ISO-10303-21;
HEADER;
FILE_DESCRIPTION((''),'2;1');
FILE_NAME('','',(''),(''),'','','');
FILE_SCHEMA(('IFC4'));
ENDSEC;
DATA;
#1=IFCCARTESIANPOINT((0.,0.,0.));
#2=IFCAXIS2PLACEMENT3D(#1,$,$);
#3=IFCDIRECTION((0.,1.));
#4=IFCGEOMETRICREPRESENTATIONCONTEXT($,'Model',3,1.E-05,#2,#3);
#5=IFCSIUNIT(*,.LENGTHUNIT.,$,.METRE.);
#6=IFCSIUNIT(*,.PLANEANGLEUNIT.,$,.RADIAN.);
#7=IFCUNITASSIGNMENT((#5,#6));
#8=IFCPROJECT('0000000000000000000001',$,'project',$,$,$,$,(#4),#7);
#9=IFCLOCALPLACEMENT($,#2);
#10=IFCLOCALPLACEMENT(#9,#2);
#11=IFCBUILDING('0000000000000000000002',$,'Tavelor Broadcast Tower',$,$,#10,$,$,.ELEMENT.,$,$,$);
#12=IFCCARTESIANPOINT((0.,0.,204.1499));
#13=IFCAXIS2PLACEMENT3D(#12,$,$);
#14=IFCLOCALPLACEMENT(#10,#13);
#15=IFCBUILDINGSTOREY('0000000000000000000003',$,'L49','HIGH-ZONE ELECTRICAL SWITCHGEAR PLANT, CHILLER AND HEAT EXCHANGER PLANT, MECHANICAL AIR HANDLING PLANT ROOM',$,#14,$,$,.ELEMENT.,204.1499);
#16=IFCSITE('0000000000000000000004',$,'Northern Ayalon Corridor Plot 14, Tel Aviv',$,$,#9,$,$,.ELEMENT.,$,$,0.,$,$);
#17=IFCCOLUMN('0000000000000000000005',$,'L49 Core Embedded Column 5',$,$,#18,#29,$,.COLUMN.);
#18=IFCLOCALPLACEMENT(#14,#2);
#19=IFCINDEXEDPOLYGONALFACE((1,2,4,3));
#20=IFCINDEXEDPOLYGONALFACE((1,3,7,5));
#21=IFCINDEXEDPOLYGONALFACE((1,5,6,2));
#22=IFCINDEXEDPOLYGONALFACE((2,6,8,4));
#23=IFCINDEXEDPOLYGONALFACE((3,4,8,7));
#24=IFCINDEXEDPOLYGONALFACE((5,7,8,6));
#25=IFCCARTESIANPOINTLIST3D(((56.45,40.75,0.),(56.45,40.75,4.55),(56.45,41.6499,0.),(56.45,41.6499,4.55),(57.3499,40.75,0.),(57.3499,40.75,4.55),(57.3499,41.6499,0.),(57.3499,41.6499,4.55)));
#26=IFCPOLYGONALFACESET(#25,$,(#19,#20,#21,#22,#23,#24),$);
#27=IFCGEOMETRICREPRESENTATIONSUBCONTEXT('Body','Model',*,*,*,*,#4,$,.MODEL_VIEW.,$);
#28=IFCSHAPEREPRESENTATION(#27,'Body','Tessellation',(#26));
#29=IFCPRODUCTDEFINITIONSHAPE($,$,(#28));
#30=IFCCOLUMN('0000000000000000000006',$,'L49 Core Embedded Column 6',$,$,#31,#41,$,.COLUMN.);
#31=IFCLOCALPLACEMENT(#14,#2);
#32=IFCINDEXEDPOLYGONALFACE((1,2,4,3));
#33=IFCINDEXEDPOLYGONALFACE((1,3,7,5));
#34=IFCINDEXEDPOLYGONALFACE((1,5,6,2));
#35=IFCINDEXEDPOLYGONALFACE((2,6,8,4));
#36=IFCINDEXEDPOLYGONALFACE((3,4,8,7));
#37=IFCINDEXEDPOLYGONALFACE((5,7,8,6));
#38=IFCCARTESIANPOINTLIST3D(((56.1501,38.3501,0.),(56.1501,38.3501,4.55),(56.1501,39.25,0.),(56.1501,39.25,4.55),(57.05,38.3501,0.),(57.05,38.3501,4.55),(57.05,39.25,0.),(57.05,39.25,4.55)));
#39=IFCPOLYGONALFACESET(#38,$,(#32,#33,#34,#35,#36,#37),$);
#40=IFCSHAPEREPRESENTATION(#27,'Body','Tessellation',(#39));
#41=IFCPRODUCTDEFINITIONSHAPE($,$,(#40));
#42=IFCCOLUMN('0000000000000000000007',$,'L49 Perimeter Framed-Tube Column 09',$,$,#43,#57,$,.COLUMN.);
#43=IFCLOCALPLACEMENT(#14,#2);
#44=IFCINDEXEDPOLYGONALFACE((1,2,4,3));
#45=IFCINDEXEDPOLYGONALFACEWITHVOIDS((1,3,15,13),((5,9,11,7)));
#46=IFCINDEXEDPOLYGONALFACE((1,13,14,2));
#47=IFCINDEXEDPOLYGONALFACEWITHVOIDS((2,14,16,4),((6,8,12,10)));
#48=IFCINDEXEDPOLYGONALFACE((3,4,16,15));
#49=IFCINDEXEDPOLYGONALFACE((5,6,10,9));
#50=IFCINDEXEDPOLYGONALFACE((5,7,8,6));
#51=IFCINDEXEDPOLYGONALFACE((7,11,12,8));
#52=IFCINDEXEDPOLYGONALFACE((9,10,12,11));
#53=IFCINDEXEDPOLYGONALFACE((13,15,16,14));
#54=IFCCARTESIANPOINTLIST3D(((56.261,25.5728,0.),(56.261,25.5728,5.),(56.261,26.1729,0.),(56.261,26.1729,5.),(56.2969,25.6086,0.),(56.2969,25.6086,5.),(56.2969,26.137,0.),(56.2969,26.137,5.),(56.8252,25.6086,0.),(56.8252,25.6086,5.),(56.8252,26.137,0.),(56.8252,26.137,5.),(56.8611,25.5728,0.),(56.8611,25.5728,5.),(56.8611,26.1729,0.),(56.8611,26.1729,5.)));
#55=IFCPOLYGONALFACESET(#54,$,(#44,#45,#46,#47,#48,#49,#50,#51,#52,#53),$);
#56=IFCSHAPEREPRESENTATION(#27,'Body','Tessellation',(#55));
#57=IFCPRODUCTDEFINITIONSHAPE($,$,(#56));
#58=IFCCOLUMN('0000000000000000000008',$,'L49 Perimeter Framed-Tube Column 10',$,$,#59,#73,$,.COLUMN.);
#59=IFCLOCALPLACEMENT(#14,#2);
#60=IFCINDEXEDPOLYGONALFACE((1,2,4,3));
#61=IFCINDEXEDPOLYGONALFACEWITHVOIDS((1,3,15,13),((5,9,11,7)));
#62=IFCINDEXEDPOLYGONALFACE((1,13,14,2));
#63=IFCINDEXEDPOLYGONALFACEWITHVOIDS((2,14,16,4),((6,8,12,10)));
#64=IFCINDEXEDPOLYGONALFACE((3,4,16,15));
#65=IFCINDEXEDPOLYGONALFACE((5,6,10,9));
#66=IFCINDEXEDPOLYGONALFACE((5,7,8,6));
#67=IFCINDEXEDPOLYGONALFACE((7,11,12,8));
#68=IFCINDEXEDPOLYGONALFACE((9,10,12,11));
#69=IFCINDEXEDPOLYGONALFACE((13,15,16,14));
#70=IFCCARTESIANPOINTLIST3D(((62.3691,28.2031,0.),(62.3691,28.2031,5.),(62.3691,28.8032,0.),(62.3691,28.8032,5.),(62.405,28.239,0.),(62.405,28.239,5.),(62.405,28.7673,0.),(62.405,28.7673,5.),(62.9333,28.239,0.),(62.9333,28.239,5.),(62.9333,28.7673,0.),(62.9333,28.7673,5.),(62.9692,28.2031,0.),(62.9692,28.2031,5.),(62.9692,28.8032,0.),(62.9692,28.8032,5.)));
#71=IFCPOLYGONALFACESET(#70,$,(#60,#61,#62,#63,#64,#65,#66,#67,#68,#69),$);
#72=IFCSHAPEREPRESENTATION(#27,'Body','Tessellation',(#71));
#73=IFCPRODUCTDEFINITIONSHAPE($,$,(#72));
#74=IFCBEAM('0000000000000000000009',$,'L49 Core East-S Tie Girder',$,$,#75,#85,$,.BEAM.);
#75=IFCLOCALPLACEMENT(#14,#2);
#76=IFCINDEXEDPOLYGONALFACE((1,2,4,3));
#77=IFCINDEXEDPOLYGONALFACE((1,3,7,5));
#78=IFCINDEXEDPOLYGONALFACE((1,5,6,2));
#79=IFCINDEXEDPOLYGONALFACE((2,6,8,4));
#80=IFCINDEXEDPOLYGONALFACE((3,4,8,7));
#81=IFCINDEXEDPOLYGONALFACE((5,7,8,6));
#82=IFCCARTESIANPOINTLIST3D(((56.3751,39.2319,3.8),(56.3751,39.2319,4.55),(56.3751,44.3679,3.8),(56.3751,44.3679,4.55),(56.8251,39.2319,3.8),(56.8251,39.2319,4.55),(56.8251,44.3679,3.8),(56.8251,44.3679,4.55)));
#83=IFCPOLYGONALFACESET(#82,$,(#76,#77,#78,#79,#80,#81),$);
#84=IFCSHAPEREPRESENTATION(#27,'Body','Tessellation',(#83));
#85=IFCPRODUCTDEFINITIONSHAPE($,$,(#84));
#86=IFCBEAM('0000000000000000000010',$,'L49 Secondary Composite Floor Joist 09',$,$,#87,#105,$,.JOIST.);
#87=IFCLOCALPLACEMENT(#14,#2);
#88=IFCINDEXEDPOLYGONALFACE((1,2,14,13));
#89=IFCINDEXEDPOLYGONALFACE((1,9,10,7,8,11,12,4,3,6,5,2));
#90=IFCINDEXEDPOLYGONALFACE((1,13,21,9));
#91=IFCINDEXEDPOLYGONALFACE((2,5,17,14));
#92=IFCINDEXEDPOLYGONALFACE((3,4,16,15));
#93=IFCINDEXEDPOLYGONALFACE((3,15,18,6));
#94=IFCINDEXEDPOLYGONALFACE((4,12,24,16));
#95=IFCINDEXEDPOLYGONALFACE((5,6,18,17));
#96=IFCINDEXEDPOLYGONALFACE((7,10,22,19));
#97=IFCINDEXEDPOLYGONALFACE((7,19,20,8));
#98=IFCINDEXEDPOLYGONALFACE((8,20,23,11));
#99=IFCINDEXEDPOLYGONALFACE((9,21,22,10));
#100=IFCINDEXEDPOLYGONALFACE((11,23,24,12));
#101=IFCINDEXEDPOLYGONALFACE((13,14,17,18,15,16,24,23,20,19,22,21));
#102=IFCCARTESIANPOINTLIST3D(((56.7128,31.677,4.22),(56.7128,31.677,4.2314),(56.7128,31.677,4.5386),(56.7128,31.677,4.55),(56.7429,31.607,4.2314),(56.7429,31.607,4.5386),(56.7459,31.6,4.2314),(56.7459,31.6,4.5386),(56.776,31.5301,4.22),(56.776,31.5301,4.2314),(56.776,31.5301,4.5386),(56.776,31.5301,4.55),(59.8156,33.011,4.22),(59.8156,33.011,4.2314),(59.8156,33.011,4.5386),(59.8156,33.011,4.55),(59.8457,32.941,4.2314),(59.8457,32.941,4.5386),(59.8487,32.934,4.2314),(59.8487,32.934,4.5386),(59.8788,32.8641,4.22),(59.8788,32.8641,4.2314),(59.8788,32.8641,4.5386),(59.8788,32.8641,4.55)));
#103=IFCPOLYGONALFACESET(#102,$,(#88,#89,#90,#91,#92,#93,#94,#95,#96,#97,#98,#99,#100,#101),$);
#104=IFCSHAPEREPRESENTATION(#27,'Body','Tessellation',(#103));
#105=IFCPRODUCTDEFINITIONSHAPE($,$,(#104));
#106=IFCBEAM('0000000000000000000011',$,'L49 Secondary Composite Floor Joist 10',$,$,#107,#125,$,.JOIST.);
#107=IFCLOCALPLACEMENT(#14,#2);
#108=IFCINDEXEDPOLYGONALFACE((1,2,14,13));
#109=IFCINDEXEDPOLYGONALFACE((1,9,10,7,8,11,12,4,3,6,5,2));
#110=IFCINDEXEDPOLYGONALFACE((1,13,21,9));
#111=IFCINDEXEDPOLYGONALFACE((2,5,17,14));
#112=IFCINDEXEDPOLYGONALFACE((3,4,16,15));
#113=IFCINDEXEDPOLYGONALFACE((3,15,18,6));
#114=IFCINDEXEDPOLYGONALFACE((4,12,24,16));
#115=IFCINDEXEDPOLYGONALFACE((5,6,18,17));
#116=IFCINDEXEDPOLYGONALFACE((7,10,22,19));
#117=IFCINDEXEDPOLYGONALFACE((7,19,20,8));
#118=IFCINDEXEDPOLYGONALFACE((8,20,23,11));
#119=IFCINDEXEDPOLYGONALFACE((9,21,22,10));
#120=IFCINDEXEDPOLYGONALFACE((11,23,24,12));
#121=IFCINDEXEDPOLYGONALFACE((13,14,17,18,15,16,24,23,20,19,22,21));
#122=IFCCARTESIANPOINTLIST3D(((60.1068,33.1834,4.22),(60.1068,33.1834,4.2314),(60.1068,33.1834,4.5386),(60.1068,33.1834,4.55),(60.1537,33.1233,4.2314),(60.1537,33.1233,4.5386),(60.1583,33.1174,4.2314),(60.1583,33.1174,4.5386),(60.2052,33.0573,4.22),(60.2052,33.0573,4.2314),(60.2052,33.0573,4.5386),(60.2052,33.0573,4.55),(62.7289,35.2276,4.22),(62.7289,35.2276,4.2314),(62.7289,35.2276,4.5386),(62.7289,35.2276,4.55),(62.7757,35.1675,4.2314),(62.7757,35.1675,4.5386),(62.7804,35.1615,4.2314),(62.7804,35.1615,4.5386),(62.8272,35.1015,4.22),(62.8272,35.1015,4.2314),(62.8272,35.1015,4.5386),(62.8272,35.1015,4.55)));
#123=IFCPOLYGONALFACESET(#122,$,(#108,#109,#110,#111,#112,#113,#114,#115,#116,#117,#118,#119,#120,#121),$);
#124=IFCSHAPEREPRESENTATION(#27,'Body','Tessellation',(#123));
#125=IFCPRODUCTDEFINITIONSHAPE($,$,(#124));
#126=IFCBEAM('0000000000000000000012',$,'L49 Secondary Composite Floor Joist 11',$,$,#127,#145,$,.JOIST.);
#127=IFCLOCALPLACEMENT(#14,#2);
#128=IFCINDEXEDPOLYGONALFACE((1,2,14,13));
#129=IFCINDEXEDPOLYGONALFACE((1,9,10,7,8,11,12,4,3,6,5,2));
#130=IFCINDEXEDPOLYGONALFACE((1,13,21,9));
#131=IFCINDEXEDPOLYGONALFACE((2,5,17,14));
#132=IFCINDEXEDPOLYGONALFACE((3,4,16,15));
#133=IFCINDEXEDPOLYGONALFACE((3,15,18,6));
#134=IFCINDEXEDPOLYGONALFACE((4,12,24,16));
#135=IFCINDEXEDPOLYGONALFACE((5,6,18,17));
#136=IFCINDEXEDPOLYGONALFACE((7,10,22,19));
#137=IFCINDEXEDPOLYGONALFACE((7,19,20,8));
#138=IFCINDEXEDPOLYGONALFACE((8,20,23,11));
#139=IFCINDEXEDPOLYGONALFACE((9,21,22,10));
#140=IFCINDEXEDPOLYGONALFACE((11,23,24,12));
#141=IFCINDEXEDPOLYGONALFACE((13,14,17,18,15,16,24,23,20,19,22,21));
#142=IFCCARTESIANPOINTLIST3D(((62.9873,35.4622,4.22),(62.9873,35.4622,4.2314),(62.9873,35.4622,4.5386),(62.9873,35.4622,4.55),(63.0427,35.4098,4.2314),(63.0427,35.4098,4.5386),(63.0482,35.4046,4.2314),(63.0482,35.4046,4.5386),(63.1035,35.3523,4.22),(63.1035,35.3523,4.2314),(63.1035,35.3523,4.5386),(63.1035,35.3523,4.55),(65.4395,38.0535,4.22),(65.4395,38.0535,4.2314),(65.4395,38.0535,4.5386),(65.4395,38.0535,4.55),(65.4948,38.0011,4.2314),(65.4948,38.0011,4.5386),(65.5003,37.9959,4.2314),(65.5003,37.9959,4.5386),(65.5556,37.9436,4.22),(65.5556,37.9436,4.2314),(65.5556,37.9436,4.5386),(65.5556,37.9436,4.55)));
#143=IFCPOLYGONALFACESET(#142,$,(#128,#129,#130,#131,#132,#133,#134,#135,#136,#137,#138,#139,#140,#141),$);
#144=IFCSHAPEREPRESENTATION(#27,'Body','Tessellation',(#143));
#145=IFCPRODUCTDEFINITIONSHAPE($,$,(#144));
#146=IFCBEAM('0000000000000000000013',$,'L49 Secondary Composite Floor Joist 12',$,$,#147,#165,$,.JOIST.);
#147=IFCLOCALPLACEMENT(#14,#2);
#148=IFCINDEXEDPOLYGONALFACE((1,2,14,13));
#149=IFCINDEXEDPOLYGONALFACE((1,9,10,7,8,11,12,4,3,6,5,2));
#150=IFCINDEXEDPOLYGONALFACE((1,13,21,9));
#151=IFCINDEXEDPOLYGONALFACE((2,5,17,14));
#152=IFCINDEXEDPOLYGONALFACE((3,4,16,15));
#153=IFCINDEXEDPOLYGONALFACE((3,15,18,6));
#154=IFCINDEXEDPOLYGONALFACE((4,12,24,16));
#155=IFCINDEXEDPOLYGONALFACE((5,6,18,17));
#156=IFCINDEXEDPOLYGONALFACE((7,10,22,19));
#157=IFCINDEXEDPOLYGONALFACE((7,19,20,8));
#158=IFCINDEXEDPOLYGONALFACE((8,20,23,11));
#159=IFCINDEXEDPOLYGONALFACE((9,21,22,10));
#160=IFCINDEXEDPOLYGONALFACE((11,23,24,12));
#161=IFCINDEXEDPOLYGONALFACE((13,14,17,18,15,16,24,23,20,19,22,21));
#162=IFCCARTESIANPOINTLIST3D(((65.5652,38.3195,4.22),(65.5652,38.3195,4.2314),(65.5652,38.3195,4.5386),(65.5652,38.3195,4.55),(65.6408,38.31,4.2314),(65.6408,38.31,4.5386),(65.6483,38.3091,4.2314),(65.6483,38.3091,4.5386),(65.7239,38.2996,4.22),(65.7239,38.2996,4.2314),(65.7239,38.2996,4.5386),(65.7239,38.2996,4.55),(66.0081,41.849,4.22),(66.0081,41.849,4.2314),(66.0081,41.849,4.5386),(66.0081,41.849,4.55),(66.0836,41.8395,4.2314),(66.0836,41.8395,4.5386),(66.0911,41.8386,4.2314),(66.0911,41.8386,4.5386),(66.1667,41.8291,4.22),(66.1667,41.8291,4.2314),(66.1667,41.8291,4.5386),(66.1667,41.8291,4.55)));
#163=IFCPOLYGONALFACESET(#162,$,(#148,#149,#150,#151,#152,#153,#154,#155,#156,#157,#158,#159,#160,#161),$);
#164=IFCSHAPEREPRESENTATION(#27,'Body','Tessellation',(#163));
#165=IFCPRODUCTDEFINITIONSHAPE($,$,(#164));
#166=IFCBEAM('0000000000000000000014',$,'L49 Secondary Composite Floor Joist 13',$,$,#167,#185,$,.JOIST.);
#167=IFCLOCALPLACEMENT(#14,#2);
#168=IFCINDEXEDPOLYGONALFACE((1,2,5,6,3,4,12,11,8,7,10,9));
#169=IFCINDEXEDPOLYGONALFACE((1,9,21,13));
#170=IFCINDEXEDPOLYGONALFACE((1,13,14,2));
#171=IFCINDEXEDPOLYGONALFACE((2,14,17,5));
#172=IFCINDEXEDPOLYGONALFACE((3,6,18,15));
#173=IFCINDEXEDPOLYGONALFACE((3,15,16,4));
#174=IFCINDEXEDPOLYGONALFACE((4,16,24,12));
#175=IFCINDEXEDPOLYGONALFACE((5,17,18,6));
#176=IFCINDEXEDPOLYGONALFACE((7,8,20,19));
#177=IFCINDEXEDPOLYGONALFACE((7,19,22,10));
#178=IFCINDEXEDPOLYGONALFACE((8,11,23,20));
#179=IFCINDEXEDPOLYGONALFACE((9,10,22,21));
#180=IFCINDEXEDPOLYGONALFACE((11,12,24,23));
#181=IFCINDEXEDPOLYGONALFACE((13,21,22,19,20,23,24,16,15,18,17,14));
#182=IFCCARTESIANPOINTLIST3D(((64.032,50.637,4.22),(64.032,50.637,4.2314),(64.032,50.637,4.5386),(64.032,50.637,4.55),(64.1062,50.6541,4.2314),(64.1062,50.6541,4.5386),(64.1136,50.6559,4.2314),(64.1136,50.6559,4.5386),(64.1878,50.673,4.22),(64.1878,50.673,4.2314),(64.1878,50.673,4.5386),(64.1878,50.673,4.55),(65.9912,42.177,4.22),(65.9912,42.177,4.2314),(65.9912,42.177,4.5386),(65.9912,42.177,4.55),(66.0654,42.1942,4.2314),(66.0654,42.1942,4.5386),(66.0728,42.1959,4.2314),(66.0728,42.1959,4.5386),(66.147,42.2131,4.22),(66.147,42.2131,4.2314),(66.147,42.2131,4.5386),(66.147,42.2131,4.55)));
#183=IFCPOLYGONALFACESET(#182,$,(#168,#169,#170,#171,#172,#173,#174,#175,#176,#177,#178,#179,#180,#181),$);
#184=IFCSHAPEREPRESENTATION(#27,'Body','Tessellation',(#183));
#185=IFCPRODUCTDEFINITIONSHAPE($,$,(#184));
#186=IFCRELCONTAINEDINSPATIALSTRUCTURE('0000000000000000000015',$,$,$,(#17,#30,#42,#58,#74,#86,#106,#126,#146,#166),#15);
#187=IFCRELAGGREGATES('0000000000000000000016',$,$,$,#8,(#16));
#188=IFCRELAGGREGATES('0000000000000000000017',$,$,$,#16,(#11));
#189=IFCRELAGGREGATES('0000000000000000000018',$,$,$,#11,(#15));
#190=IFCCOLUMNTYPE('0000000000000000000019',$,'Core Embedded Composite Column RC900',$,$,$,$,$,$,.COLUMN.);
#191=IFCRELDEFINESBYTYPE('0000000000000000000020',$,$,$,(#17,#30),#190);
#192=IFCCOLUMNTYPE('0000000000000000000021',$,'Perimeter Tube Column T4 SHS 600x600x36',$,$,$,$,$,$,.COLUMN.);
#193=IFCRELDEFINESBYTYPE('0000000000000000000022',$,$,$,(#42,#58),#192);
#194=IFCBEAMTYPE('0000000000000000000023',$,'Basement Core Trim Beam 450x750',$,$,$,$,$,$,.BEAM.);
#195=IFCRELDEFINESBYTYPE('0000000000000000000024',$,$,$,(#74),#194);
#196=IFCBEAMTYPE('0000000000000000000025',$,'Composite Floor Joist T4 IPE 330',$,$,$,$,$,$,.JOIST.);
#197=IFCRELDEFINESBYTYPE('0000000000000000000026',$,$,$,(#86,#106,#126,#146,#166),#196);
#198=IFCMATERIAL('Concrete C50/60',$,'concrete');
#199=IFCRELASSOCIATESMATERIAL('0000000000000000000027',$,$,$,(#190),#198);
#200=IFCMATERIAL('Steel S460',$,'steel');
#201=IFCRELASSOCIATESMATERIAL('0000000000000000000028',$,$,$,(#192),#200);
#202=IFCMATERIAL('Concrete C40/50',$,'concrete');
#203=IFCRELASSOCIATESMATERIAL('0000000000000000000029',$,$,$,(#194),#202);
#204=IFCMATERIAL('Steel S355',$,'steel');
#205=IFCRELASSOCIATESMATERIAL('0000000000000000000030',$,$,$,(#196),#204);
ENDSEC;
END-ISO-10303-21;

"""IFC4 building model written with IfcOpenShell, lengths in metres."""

from ifc_helpers import new_model, si_unit, direction, frame, origin, origin_2d, place, context, subcontext, project, spatial, rectangle, hollow_rectangle, i_section, extrude, material, material_profile, profile_set, type_object, element, save


model = new_model("IFC4")

# Units and contexts
model_context = context("Model", 3, precision=1e-05, world=origin(), true_north=direction((0.0, 1.0)))
body_context = subcontext(model_context, "Body", "Model", "MODEL_VIEW")
ifc_project = project(units=[si_unit("LENGTHUNIT", "METRE"), si_unit("PLANEANGLEUNIT", "RADIAN")], contexts=[model_context])

# Site, building, storey
site_placement = place(None, origin())
site = spatial("IfcSite", under=ifc_project, at=site_placement, Name="Northern Ayalon Corridor Plot 14, Tel Aviv", CompositionType="ELEMENT", RefElevation=0.0)
building_placement = place(site_placement, origin())
building = spatial("IfcBuilding", under=site, at=building_placement, Name="Tavelor Broadcast Tower", CompositionType="ELEMENT")
storey_placement = place(building_placement, frame((0.0, 0.0, 204.1499)))
storey = spatial("IfcBuildingStorey", under=building, at=storey_placement, Name="L49", Description="HIGH-ZONE ELECTRICAL SWITCHGEAR PLANT, CHILLER AND HEAT EXCHANGER PLANT, MECHANICAL AIR HANDLING PLANT ROOM", CompositionType="ELEMENT", Elevation=204.1499)

# Columns
ifc_material_1 = material(Name="Concrete C50/60", Category="concrete")
ifc_material_profile_1 = material_profile(ifc_material_1, rectangle(XDim=0.8999, YDim=0.8999, at=origin_2d()), Name="RC 900x900")
ifc_profile_set_1 = profile_set([ifc_material_profile_1], Name="Concrete C50/60")
column_type_1 = type_object("IfcColumnType", Name="Core Embedded Composite Column RC900", PredefinedType="COLUMN", material=ifc_profile_set_1)
for number, where, z_axis, x_axis, name in (
    (1, (56.8999, 41.2, 0.0), (0.0, 0.0, 1.0), (1.0, 0.0, 0.0), "L49 Core Embedded Column 5"),
    (2, (56.6001, 38.8, 0.0), (0.0, 0.0, 1.0), (1.0, 0.0, 0.0), "L49 Core Embedded Column 6"),
):
    element("IfcColumn", number, at=place(storey_placement, frame(where, z_axis=z_axis, x_axis=x_axis)), inside=storey, type_object=column_type_1, Name=name, PredefinedType="COLUMN", context=body_context, shape_type="SweptSolid", body=[
        extrude(rectangle(XDim=0.8999, YDim=0.8999, at=origin_2d()), origin(), (0.0, 0.0, 1.0), 4.55),
    ])
ifc_material_2 = material(Name="Steel S460", Category="steel")
ifc_material_profile_2 = material_profile(ifc_material_2, hollow_rectangle(XDim=0.6001, YDim=0.6001, WallThickness=0.0359, at=origin_2d()), Name="SHS 600x600x36")
ifc_profile_set_2 = profile_set([ifc_material_profile_2], Name="Steel S460")
column_type_2 = type_object("IfcColumnType", Name="Perimeter Tube Column T4 SHS 600x600x36", PredefinedType="COLUMN", material=ifc_profile_set_2)
for number, where, z_axis, x_axis, name in (
    (3, (56.561, 25.8728, 0.0), (0.0, 0.0, 1.0), (1.0, 0.0, 0.0), "L49 Perimeter Framed-Tube Column 09"),
    (4, (62.6692, 28.5032, 0.0), (0.0, 0.0, 1.0), (1.0, 0.0, 0.0), "L49 Perimeter Framed-Tube Column 10"),
):
    element("IfcColumn", number, at=place(storey_placement, frame(where, z_axis=z_axis, x_axis=x_axis)), inside=storey, type_object=column_type_2, Name=name, PredefinedType="COLUMN", context=body_context, shape_type="SweptSolid", body=[
        extrude(hollow_rectangle(XDim=0.6001, YDim=0.6001, WallThickness=0.0359, at=origin_2d()), origin(), (0.0, 0.0, 1.0), 5.0),
    ])

# Beams
ifc_material_3 = material(Name="Concrete C40/50", Category="concrete")
ifc_material_profile_3 = material_profile(ifc_material_3, rectangle(XDim=0.45, YDim=0.75, at=origin_2d()), Name="RC 450x750")
ifc_profile_set_3 = profile_set([ifc_material_profile_3], Name="Concrete C40/50")
beam_type_1 = type_object("IfcBeamType", Name="Basement Core Trim Beam 450x750", PredefinedType="BEAM", material=ifc_profile_set_3)
beam_1_placement = place(storey_placement, frame((56.6001, 39.2319, 4.175), z_axis=(0.0, 1.0, 0.0), x_axis=(-1.0, 0.0, 0.0)))
element("IfcBeam", 5, at=beam_1_placement, inside=storey, type_object=beam_type_1, Name="L49 Core East-S Tie Girder", PredefinedType="BEAM", context=body_context, shape_type="SweptSolid", body=[
    extrude(rectangle(XDim=0.45, YDim=0.75, at=origin_2d()), origin(), (0.0, 0.0, 1.0), 5.136),
])
ifc_material_4 = material(Name="Steel S355", Category="steel")
ifc_material_profile_4 = material_profile(ifc_material_4, i_section(OverallWidth=0.1599, OverallDepth=0.3301, WebThickness=0.0076, FlangeThickness=0.0115, at=origin_2d()), Name="IPE 330")
ifc_profile_set_4 = profile_set([ifc_material_profile_4], Name="Steel S355")
beam_type_2 = type_object("IfcBeamType", Name="Composite Floor Joist T4 IPE 330", PredefinedType="JOIST", material=ifc_profile_set_4)
beam_2_placement = place(storey_placement, frame((56.7444, 31.6035, 4.385), z_axis=(0.918692, 0.394975, 0.0), x_axis=(-0.394975, 0.918692, 0.0)))
element("IfcBeam", 6, at=beam_2_placement, inside=storey, type_object=beam_type_2, Name="L49 Secondary Composite Floor Joist 09", PredefinedType="JOIST", context=body_context, shape_type="SweptSolid", body=[
    extrude(i_section(OverallWidth=0.1599, OverallDepth=0.3301, WebThickness=0.0076, FlangeThickness=0.0115, at=origin_2d()), origin(), (0.0, 0.0, 1.0), 3.3774),
])
beam_3_placement = place(storey_placement, frame((60.156, 33.1204, 4.385), z_axis=(0.788652, 0.61484, 0.0), x_axis=(-0.61484, 0.788652, 0.0)))
element("IfcBeam", 7, at=beam_3_placement, inside=storey, type_object=beam_type_2, Name="L49 Secondary Composite Floor Joist 10", PredefinedType="JOIST", context=body_context, shape_type="SweptSolid", body=[
    extrude(i_section(OverallWidth=0.1599, OverallDepth=0.3301, WebThickness=0.0076, FlangeThickness=0.0115, at=origin_2d()), origin(), (0.0, 0.0, 1.0), 3.3247),
])
beam_4_placement = place(storey_placement, frame((63.0454, 35.4072, 4.385), z_axis=(0.687335, 0.726341, 0.0), x_axis=(-0.726341, 0.687335, 0.0)))
element("IfcBeam", 8, at=beam_4_placement, inside=storey, type_object=beam_type_2, Name="L49 Secondary Composite Floor Joist 11", PredefinedType="JOIST", context=body_context, shape_type="SweptSolid", body=[
    extrude(i_section(OverallWidth=0.1599, OverallDepth=0.3301, WebThickness=0.0076, FlangeThickness=0.0115, at=origin_2d()), origin(), (0.0, 0.0, 1.0), 3.5676),
])
beam_5_placement = place(storey_placement, frame((65.6445, 38.3096, 4.385), z_axis=(0.124499, 0.99222, 0.0), x_axis=(-0.99222, 0.124499, 0.0)))
element("IfcBeam", 9, at=beam_5_placement, inside=storey, type_object=beam_type_2, Name="L49 Secondary Composite Floor Joist 12", PredefinedType="JOIST", context=body_context, shape_type="SweptSolid", body=[
    extrude(i_section(OverallWidth=0.1599, OverallDepth=0.3301, WebThickness=0.0076, FlangeThickness=0.0115, at=origin_2d()), origin(), (0.0, 0.0, 1.0), 3.5571),
])
beam_6_placement = place(storey_placement, frame((66.0691, 42.1951, 4.385), z_axis=(-0.225617, 0.974216, 0.0), x_axis=(-0.974216, -0.225617, 0.0)))
element("IfcBeam", 10, at=beam_6_placement, inside=storey, type_object=beam_type_2, Name="L49 Secondary Composite Floor Joist 13", PredefinedType="JOIST", context=body_context, shape_type="SweptSolid", body=[
    extrude(i_section(OverallWidth=0.1599, OverallDepth=0.3301, WebThickness=0.0076, FlangeThickness=0.0115, at=origin_2d()), origin(), (0.0, 0.0, 1.0), 8.6838),
])

save(model, "model.ifc")
